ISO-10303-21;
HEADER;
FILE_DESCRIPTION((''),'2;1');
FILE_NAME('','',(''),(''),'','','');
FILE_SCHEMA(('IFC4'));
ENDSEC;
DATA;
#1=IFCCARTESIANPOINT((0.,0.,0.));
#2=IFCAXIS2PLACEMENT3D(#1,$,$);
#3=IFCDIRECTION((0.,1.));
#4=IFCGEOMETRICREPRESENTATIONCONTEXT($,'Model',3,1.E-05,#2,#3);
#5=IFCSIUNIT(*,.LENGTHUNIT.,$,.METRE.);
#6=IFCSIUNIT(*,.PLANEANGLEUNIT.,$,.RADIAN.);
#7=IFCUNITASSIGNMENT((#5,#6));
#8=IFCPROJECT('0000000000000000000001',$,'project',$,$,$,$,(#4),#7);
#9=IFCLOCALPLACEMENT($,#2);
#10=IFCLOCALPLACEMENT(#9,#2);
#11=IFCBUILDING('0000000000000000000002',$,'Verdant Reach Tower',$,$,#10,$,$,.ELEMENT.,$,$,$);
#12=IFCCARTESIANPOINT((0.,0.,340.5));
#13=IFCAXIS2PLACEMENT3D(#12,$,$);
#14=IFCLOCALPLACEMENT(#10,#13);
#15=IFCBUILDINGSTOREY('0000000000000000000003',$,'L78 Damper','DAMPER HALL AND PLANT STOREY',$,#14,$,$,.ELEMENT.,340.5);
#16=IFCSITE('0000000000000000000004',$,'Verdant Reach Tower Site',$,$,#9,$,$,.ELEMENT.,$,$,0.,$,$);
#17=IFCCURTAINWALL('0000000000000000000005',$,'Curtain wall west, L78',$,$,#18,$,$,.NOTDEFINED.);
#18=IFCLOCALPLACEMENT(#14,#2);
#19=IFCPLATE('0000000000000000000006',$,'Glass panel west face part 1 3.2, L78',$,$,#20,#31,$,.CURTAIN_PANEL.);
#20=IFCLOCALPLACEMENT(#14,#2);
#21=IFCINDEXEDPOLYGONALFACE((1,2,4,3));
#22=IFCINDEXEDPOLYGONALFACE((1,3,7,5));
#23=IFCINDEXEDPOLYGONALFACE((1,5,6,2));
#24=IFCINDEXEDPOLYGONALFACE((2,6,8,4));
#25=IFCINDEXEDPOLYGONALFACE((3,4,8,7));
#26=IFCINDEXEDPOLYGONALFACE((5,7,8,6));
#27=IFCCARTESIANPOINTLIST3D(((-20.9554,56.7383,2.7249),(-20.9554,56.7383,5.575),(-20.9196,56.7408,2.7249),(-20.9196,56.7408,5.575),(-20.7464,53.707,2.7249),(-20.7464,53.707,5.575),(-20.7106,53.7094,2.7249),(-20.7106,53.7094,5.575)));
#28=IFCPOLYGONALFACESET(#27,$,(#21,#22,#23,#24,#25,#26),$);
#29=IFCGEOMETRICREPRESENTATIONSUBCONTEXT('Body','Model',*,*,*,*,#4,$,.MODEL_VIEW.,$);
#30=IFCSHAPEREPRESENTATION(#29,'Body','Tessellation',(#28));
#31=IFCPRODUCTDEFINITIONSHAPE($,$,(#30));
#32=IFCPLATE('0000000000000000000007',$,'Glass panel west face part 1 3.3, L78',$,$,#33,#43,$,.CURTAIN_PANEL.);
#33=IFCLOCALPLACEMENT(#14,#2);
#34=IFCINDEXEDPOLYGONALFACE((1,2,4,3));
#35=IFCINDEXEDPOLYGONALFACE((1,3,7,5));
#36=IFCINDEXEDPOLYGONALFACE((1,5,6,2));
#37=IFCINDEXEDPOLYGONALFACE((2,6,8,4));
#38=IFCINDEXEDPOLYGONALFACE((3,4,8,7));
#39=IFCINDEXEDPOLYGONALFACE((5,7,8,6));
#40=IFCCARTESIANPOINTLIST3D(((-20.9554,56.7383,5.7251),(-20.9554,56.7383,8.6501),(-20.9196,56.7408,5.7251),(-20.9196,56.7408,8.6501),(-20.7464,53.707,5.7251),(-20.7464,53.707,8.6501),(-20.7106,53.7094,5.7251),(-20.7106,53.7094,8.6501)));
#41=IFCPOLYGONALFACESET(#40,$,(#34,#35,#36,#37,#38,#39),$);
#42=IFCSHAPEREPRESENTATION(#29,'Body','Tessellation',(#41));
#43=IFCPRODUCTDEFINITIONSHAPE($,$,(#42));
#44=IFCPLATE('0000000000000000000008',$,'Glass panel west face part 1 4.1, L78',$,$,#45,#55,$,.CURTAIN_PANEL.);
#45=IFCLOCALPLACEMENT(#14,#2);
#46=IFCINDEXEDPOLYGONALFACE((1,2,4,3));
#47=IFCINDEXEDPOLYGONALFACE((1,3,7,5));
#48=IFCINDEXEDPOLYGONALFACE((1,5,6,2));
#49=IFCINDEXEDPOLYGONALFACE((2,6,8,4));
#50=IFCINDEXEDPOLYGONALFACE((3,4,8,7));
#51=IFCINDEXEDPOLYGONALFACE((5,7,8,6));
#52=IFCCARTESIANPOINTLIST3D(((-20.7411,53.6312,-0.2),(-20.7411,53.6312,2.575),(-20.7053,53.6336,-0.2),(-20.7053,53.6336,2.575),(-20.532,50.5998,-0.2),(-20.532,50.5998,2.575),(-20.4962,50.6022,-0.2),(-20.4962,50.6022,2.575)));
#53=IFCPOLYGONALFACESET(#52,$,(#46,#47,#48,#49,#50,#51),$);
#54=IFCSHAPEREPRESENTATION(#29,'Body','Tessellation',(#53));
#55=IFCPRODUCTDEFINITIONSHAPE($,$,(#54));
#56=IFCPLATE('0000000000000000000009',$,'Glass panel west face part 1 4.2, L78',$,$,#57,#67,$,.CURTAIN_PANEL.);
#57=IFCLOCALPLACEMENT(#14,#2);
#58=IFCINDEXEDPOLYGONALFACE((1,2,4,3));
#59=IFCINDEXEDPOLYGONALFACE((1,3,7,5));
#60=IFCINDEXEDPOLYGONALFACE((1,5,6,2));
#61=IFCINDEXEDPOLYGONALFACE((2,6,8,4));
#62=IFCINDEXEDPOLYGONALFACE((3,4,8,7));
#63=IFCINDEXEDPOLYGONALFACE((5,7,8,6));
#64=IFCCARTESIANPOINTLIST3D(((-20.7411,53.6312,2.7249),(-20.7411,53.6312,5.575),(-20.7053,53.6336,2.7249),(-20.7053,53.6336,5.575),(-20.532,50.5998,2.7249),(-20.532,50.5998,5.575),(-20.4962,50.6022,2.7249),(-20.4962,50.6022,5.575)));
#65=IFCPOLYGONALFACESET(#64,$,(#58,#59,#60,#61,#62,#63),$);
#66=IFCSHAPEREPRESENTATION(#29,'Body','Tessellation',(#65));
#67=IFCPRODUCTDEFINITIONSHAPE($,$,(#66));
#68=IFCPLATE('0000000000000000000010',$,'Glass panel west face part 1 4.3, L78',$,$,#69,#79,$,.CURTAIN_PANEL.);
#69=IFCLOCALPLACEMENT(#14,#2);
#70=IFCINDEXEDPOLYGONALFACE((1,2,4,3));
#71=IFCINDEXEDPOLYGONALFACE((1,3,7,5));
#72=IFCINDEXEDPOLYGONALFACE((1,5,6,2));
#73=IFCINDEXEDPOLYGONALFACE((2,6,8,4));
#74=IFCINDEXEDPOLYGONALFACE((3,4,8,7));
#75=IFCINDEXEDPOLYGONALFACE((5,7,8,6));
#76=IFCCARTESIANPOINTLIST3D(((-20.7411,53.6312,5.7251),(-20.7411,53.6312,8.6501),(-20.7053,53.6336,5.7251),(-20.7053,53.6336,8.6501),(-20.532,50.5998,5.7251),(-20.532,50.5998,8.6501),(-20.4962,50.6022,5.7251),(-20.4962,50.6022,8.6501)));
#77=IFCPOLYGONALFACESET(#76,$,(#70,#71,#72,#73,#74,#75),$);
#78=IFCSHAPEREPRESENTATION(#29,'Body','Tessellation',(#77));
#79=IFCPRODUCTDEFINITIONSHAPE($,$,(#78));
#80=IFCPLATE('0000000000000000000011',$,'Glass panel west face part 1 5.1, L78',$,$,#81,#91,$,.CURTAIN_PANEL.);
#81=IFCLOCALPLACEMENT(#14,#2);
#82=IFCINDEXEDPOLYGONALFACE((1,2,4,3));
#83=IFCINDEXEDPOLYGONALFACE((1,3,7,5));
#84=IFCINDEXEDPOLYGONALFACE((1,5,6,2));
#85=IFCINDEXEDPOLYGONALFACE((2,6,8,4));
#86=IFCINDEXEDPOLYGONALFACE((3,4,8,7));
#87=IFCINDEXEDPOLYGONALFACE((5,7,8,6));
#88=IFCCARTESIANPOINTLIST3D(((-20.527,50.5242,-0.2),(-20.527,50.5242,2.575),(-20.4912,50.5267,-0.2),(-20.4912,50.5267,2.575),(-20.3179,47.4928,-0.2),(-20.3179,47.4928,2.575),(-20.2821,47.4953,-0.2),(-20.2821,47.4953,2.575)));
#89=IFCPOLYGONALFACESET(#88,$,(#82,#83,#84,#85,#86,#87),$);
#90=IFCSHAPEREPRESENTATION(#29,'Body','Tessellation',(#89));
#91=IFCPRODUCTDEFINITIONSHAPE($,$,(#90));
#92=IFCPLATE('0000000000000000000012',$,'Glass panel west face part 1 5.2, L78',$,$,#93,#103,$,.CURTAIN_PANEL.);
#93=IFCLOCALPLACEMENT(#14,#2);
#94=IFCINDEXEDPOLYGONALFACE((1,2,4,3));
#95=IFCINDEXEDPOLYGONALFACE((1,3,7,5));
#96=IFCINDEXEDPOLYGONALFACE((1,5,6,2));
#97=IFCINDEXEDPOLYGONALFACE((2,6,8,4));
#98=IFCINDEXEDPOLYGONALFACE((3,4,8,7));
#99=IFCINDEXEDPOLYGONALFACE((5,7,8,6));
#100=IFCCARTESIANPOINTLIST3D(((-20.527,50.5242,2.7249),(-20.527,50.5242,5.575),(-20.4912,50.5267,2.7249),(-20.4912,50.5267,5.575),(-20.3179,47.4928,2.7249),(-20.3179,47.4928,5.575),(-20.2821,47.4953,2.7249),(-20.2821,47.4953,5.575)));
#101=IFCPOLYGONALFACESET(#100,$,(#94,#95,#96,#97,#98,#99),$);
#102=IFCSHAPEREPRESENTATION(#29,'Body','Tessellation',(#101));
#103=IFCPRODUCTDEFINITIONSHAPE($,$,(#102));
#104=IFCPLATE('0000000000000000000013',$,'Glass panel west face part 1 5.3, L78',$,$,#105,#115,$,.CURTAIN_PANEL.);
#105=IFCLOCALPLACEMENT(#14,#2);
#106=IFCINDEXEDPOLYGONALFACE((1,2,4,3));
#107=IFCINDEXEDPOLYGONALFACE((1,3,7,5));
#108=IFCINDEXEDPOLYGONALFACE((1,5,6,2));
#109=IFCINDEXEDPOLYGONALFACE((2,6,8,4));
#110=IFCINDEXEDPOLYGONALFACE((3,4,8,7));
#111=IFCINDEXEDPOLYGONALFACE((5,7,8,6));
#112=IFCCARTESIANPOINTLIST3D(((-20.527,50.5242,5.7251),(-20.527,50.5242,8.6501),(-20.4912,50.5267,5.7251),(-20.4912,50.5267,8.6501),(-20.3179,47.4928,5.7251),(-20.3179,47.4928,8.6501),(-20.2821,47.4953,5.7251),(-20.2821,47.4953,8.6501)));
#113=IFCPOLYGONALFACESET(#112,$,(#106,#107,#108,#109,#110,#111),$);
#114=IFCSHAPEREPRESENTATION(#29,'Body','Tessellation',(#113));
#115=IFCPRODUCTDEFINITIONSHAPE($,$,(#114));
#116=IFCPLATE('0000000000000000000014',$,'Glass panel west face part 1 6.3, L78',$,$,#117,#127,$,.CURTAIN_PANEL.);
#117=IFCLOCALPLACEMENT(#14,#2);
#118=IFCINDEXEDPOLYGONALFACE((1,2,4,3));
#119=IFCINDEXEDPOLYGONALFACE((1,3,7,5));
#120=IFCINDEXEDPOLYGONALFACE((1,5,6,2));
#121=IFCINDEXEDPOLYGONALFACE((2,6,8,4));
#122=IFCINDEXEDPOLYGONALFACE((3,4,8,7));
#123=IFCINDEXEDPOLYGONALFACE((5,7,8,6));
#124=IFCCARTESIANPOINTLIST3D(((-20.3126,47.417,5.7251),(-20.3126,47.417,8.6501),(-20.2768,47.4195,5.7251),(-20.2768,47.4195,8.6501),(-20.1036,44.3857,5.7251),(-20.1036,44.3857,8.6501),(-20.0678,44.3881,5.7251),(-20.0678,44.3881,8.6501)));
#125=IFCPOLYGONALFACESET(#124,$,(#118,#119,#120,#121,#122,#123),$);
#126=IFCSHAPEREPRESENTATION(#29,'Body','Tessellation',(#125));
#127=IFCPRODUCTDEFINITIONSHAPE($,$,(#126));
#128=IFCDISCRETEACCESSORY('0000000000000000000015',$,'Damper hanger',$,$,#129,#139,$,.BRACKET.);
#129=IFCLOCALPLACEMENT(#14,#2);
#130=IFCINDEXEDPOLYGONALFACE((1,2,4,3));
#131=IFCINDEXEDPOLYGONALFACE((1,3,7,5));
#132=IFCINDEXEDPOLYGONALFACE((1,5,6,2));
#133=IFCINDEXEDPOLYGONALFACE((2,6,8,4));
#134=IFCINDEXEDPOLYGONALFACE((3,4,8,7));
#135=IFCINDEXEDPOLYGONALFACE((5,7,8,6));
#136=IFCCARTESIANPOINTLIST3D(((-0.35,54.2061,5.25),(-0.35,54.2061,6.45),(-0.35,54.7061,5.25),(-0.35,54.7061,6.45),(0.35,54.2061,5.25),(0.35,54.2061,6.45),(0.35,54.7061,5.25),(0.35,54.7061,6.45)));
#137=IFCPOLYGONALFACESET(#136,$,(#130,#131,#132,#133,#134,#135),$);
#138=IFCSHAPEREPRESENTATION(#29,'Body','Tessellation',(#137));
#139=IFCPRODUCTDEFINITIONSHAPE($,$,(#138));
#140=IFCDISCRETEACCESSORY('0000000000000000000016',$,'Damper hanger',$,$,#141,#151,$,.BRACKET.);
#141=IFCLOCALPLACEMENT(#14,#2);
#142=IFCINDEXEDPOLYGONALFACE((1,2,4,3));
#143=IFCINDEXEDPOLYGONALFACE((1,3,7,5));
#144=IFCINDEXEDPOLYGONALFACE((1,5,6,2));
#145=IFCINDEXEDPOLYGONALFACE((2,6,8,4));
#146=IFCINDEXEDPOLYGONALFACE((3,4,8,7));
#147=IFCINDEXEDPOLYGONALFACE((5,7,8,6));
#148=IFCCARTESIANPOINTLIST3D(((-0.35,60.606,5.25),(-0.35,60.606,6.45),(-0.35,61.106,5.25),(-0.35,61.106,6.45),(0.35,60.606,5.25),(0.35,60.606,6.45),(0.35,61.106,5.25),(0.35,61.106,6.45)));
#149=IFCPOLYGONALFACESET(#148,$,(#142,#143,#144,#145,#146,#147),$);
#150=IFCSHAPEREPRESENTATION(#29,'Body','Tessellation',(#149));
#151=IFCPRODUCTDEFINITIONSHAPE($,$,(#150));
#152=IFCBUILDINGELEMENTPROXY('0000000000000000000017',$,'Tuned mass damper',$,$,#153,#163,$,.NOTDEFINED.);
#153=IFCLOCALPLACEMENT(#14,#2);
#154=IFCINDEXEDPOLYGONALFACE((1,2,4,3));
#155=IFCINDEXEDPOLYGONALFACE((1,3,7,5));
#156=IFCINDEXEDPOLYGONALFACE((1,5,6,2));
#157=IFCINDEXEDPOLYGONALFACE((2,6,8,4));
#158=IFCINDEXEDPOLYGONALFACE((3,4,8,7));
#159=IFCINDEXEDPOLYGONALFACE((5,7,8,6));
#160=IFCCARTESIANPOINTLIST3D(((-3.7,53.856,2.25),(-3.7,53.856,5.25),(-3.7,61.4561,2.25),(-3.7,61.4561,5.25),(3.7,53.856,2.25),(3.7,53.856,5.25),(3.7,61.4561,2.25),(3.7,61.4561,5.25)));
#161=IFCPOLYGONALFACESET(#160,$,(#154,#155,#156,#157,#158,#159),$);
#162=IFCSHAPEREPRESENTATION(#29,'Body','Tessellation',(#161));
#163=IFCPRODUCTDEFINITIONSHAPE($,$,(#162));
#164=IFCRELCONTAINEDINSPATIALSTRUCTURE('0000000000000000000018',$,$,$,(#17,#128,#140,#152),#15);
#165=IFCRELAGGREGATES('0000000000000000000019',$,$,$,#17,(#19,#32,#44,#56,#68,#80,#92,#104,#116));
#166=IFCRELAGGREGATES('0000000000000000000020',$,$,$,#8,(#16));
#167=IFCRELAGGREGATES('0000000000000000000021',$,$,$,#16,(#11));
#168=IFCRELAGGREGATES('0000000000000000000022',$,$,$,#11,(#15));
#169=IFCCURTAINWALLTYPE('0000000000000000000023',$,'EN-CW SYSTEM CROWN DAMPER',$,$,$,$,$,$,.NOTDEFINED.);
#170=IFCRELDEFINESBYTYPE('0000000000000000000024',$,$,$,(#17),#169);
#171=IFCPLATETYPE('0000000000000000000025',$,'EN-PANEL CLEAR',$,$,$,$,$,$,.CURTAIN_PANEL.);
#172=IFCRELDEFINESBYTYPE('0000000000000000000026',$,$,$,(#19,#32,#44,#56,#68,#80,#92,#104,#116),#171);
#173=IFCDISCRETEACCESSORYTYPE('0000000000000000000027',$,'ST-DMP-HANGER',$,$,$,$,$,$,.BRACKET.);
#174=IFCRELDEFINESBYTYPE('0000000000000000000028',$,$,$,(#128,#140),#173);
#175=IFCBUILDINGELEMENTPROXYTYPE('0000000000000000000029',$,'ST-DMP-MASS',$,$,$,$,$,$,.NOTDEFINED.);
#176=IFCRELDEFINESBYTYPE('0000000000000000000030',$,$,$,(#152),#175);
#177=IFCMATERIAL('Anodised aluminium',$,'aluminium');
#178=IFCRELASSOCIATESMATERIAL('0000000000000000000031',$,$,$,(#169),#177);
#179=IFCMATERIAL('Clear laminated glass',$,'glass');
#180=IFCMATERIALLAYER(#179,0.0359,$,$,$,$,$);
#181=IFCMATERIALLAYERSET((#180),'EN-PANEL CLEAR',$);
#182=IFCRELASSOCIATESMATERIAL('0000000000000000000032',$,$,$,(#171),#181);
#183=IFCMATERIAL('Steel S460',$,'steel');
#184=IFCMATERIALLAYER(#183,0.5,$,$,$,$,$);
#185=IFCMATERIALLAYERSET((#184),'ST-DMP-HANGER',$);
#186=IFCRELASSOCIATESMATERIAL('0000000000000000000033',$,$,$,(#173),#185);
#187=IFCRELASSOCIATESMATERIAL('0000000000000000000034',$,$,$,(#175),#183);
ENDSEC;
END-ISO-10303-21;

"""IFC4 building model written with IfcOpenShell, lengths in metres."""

from ifc_helpers import new_model, si_unit, direction, frame, origin, origin_2d, place, context, subcontext, project, spatial, rectangle, extrude, material, layer, layer_set, type_object, element, aggregate, save


model = new_model("IFC4")

# Units and contexts
model_context = context("Model", 3, precision=1e-05, world=origin(), true_north=direction((0.0, 1.0)))
body_context = subcontext(model_context, "Body", "Model", "MODEL_VIEW")
ifc_project = project(units=[si_unit("LENGTHUNIT", "METRE"), si_unit("PLANEANGLEUNIT", "RADIAN")], contexts=[model_context])

# Site, building, storey
site_placement = place(None, origin())
site = spatial("IfcSite", under=ifc_project, at=site_placement, Name="Verdant Reach Tower Site", CompositionType="ELEMENT", RefElevation=0.0)
building_placement = place(site_placement, origin())
building = spatial("IfcBuilding", under=site, at=building_placement, Name="Verdant Reach Tower", CompositionType="ELEMENT")
storey_placement = place(building_placement, frame((0.0, 0.0, 340.5)))
storey = spatial("IfcBuildingStorey", under=building, at=storey_placement, Name="L78 Damper", Description="DAMPER HALL AND PLANT STOREY", CompositionType="ELEMENT", Elevation=340.5)

# Shared definitions
ifc_material_1 = material(Name="Steel S460", Category="steel")

# Curtain wall
ifc_material_2 = material(Name="Anodised aluminium", Category="aluminium")
curtain_wall_type = type_object("IfcCurtainWallType", Name="EN-CW SYSTEM CROWN DAMPER", PredefinedType="NOTDEFINED", material=ifc_material_2)
curtain_wall_placement = place(storey_placement, origin())
curtain_wall = element("IfcCurtainWall", 1, at=curtain_wall_placement, inside=storey, type_object=curtain_wall_type, Name="Curtain wall west, L78", PredefinedType="NOTDEFINED")

# Plates
ifc_material_3 = material(Name="Clear laminated glass", Category="glass")
ifc_layer_1 = layer(ifc_material_3, 0.0359)
ifc_layer_set_1 = layer_set([ifc_layer_1], Name="EN-PANEL CLEAR")
plate_type = type_object("IfcPlateType", Name="EN-PANEL CLEAR", PredefinedType="CURTAIN_PANEL", material=ifc_layer_set_1)
plate_1_placement = place(storey_placement, frame((-20.833, 55.2239, 2.7249), z_axis=(0.0, 0.0, 1.0), x_axis=(0.068802, -0.99763, 0.0)))
plate_1 = element("IfcPlate", 2, at=plate_1_placement, type_object=plate_type, Name="Glass panel west face part 1 3.2, L78", PredefinedType="CURTAIN_PANEL", context=body_context, shape_type="SweptSolid", body=[
    extrude(rectangle(XDim=3.0386, YDim=0.0359, at=origin_2d()), origin(), (0.0, 0.0, 1.0), 2.8501),
])
plate_2_placement = place(storey_placement, frame((-20.833, 55.2239, 5.7251), z_axis=(0.0, 0.0, 1.0), x_axis=(0.068802, -0.99763, 0.0)))
plate_2 = element("IfcPlate", 3, at=plate_2_placement, type_object=plate_type, Name="Glass panel west face part 1 3.3, L78", PredefinedType="CURTAIN_PANEL", context=body_context, shape_type="SweptSolid", body=[
    extrude(rectangle(XDim=3.0386, YDim=0.0359, at=origin_2d()), origin(), (0.0, 0.0, 1.0), 2.925),
])
plate_3_placement = place(storey_placement, frame((-20.6187, 52.1167, -0.2), z_axis=(0.0, 0.0, 1.0), x_axis=(0.068802, -0.99763, 0.0)))
plate_3 = element("IfcPlate", 4, at=plate_3_placement, type_object=plate_type, Name="Glass panel west face part 1 4.1, L78", PredefinedType="CURTAIN_PANEL", context=body_context, shape_type="SweptSolid", body=[
    extrude(rectangle(XDim=3.0386, YDim=0.0359, at=origin_2d()), origin(), (0.0, 0.0, 1.0), 2.7749),
])
plate_4_placement = place(storey_placement, frame((-20.6187, 52.1167, 2.7249), z_axis=(0.0, 0.0, 1.0), x_axis=(0.068802, -0.99763, 0.0)))
plate_4 = element("IfcPlate", 5, at=plate_4_placement, type_object=plate_type, Name="Glass panel west face part 1 4.2, L78", PredefinedType="CURTAIN_PANEL", context=body_context, shape_type="SweptSolid", body=[
    extrude(rectangle(XDim=3.0386, YDim=0.0359, at=origin_2d()), origin(), (0.0, 0.0, 1.0), 2.8501),
])
plate_5_placement = place(storey_placement, frame((-20.6187, 52.1167, 5.7251), z_axis=(0.0, 0.0, 1.0), x_axis=(0.068802, -0.99763, 0.0)))
plate_5 = element("IfcPlate", 6, at=plate_5_placement, type_object=plate_type, Name="Glass panel west face part 1 4.3, L78", PredefinedType="CURTAIN_PANEL", context=body_context, shape_type="SweptSolid", body=[
    extrude(rectangle(XDim=3.0386, YDim=0.0359, at=origin_2d()), origin(), (0.0, 0.0, 1.0), 2.925),
])
plate_6_placement = place(storey_placement, frame((-20.4045, 49.0098, -0.2), z_axis=(0.0, 0.0, 1.0), x_axis=(0.068802, -0.99763, 0.0)))
plate_6 = element("IfcPlate", 7, at=plate_6_placement, type_object=plate_type, Name="Glass panel west face part 1 5.1, L78", PredefinedType="CURTAIN_PANEL", context=body_context, shape_type="SweptSolid", body=[
    extrude(rectangle(XDim=3.0386, YDim=0.0359, at=origin_2d()), origin(), (0.0, 0.0, 1.0), 2.7749),
])
plate_7_placement = place(storey_placement, frame((-20.4045, 49.0098, 2.7249), z_axis=(0.0, 0.0, 1.0), x_axis=(0.068802, -0.99763, 0.0)))
plate_7 = element("IfcPlate", 8, at=plate_7_placement, type_object=plate_type, Name="Glass panel west face part 1 5.2, L78", PredefinedType="CURTAIN_PANEL", context=body_context, shape_type="SweptSolid", body=[
    extrude(rectangle(XDim=3.0386, YDim=0.0359, at=origin_2d()), origin(), (0.0, 0.0, 1.0), 2.8501),
])
plate_8_placement = place(storey_placement, frame((-20.4045, 49.0098, 5.7251), z_axis=(0.0, 0.0, 1.0), x_axis=(0.068802, -0.99763, 0.0)))
plate_8 = element("IfcPlate", 9, at=plate_8_placement, type_object=plate_type, Name="Glass panel west face part 1 5.3, L78", PredefinedType="CURTAIN_PANEL", context=body_context, shape_type="SweptSolid", body=[
    extrude(rectangle(XDim=3.0386, YDim=0.0359, at=origin_2d()), origin(), (0.0, 0.0, 1.0), 2.925),
])
plate_9_placement = place(storey_placement, frame((-20.1902, 45.9026, 5.7251), z_axis=(0.0, 0.0, 1.0), x_axis=(0.068802, -0.99763, 0.0)))
plate_9 = element("IfcPlate", 10, at=plate_9_placement, type_object=plate_type, Name="Glass panel west face part 1 6.3, L78", PredefinedType="CURTAIN_PANEL", context=body_context, shape_type="SweptSolid", body=[
    extrude(rectangle(XDim=3.0386, YDim=0.0359, at=origin_2d()), origin(), (0.0, 0.0, 1.0), 2.925),
])
aggregate(curtain_wall, [plate_1, plate_2, plate_3, plate_4, plate_5, plate_6, plate_7, plate_8, plate_9])

# Discrete accessories
ifc_layer_2 = layer(ifc_material_1, 0.5)
ifc_layer_set_2 = layer_set([ifc_layer_2], Name="ST-DMP-HANGER")
discrete_accessory_type = type_object("IfcDiscreteAccessoryType", Name="ST-DMP-HANGER", PredefinedType="BRACKET", material=ifc_layer_set_2)
for number, where, z_axis, x_axis, name in (
    (11, (0.0, 54.4561, 5.25), (0.0, 0.0, 1.0), (1.0, 0.0, 0.0), "Damper hanger"),
    (12, (0.0, 60.856, 5.25), (0.0, 0.0, 1.0), (1.0, 0.0, 0.0), "Damper hanger"),
):
    element("IfcDiscreteAccessory", number, at=place(storey_placement, frame(where, z_axis=z_axis, x_axis=x_axis)), inside=storey, type_object=discrete_accessory_type, Name=name, PredefinedType="BRACKET", context=body_context, shape_type="SweptSolid", body=[
        extrude(rectangle(XDim=0.7, YDim=0.5, at=origin_2d()), origin(), (0.0, 0.0, 1.0), 1.2),
    ])

# Building element proxy
building_element_proxy_type = type_object("IfcBuildingElementProxyType", Name="ST-DMP-MASS", PredefinedType="NOTDEFINED", material=ifc_material_1)
proxy_placement = place(storey_placement, frame((0.0, 57.656, 2.25), z_axis=(0.0, 0.0, 1.0), x_axis=(1.0, 0.0, 0.0)))
element("IfcBuildingElementProxy", 13, at=proxy_placement, inside=storey, type_object=building_element_proxy_type, Name="Tuned mass damper", PredefinedType="NOTDEFINED", context=body_context, shape_type="SweptSolid", body=[
    extrude(rectangle(XDim=7.3999, YDim=7.6001, at=origin_2d()), origin(), (0.0, 0.0, 1.0), 3.0),
])

save(model, "model.ifc")
